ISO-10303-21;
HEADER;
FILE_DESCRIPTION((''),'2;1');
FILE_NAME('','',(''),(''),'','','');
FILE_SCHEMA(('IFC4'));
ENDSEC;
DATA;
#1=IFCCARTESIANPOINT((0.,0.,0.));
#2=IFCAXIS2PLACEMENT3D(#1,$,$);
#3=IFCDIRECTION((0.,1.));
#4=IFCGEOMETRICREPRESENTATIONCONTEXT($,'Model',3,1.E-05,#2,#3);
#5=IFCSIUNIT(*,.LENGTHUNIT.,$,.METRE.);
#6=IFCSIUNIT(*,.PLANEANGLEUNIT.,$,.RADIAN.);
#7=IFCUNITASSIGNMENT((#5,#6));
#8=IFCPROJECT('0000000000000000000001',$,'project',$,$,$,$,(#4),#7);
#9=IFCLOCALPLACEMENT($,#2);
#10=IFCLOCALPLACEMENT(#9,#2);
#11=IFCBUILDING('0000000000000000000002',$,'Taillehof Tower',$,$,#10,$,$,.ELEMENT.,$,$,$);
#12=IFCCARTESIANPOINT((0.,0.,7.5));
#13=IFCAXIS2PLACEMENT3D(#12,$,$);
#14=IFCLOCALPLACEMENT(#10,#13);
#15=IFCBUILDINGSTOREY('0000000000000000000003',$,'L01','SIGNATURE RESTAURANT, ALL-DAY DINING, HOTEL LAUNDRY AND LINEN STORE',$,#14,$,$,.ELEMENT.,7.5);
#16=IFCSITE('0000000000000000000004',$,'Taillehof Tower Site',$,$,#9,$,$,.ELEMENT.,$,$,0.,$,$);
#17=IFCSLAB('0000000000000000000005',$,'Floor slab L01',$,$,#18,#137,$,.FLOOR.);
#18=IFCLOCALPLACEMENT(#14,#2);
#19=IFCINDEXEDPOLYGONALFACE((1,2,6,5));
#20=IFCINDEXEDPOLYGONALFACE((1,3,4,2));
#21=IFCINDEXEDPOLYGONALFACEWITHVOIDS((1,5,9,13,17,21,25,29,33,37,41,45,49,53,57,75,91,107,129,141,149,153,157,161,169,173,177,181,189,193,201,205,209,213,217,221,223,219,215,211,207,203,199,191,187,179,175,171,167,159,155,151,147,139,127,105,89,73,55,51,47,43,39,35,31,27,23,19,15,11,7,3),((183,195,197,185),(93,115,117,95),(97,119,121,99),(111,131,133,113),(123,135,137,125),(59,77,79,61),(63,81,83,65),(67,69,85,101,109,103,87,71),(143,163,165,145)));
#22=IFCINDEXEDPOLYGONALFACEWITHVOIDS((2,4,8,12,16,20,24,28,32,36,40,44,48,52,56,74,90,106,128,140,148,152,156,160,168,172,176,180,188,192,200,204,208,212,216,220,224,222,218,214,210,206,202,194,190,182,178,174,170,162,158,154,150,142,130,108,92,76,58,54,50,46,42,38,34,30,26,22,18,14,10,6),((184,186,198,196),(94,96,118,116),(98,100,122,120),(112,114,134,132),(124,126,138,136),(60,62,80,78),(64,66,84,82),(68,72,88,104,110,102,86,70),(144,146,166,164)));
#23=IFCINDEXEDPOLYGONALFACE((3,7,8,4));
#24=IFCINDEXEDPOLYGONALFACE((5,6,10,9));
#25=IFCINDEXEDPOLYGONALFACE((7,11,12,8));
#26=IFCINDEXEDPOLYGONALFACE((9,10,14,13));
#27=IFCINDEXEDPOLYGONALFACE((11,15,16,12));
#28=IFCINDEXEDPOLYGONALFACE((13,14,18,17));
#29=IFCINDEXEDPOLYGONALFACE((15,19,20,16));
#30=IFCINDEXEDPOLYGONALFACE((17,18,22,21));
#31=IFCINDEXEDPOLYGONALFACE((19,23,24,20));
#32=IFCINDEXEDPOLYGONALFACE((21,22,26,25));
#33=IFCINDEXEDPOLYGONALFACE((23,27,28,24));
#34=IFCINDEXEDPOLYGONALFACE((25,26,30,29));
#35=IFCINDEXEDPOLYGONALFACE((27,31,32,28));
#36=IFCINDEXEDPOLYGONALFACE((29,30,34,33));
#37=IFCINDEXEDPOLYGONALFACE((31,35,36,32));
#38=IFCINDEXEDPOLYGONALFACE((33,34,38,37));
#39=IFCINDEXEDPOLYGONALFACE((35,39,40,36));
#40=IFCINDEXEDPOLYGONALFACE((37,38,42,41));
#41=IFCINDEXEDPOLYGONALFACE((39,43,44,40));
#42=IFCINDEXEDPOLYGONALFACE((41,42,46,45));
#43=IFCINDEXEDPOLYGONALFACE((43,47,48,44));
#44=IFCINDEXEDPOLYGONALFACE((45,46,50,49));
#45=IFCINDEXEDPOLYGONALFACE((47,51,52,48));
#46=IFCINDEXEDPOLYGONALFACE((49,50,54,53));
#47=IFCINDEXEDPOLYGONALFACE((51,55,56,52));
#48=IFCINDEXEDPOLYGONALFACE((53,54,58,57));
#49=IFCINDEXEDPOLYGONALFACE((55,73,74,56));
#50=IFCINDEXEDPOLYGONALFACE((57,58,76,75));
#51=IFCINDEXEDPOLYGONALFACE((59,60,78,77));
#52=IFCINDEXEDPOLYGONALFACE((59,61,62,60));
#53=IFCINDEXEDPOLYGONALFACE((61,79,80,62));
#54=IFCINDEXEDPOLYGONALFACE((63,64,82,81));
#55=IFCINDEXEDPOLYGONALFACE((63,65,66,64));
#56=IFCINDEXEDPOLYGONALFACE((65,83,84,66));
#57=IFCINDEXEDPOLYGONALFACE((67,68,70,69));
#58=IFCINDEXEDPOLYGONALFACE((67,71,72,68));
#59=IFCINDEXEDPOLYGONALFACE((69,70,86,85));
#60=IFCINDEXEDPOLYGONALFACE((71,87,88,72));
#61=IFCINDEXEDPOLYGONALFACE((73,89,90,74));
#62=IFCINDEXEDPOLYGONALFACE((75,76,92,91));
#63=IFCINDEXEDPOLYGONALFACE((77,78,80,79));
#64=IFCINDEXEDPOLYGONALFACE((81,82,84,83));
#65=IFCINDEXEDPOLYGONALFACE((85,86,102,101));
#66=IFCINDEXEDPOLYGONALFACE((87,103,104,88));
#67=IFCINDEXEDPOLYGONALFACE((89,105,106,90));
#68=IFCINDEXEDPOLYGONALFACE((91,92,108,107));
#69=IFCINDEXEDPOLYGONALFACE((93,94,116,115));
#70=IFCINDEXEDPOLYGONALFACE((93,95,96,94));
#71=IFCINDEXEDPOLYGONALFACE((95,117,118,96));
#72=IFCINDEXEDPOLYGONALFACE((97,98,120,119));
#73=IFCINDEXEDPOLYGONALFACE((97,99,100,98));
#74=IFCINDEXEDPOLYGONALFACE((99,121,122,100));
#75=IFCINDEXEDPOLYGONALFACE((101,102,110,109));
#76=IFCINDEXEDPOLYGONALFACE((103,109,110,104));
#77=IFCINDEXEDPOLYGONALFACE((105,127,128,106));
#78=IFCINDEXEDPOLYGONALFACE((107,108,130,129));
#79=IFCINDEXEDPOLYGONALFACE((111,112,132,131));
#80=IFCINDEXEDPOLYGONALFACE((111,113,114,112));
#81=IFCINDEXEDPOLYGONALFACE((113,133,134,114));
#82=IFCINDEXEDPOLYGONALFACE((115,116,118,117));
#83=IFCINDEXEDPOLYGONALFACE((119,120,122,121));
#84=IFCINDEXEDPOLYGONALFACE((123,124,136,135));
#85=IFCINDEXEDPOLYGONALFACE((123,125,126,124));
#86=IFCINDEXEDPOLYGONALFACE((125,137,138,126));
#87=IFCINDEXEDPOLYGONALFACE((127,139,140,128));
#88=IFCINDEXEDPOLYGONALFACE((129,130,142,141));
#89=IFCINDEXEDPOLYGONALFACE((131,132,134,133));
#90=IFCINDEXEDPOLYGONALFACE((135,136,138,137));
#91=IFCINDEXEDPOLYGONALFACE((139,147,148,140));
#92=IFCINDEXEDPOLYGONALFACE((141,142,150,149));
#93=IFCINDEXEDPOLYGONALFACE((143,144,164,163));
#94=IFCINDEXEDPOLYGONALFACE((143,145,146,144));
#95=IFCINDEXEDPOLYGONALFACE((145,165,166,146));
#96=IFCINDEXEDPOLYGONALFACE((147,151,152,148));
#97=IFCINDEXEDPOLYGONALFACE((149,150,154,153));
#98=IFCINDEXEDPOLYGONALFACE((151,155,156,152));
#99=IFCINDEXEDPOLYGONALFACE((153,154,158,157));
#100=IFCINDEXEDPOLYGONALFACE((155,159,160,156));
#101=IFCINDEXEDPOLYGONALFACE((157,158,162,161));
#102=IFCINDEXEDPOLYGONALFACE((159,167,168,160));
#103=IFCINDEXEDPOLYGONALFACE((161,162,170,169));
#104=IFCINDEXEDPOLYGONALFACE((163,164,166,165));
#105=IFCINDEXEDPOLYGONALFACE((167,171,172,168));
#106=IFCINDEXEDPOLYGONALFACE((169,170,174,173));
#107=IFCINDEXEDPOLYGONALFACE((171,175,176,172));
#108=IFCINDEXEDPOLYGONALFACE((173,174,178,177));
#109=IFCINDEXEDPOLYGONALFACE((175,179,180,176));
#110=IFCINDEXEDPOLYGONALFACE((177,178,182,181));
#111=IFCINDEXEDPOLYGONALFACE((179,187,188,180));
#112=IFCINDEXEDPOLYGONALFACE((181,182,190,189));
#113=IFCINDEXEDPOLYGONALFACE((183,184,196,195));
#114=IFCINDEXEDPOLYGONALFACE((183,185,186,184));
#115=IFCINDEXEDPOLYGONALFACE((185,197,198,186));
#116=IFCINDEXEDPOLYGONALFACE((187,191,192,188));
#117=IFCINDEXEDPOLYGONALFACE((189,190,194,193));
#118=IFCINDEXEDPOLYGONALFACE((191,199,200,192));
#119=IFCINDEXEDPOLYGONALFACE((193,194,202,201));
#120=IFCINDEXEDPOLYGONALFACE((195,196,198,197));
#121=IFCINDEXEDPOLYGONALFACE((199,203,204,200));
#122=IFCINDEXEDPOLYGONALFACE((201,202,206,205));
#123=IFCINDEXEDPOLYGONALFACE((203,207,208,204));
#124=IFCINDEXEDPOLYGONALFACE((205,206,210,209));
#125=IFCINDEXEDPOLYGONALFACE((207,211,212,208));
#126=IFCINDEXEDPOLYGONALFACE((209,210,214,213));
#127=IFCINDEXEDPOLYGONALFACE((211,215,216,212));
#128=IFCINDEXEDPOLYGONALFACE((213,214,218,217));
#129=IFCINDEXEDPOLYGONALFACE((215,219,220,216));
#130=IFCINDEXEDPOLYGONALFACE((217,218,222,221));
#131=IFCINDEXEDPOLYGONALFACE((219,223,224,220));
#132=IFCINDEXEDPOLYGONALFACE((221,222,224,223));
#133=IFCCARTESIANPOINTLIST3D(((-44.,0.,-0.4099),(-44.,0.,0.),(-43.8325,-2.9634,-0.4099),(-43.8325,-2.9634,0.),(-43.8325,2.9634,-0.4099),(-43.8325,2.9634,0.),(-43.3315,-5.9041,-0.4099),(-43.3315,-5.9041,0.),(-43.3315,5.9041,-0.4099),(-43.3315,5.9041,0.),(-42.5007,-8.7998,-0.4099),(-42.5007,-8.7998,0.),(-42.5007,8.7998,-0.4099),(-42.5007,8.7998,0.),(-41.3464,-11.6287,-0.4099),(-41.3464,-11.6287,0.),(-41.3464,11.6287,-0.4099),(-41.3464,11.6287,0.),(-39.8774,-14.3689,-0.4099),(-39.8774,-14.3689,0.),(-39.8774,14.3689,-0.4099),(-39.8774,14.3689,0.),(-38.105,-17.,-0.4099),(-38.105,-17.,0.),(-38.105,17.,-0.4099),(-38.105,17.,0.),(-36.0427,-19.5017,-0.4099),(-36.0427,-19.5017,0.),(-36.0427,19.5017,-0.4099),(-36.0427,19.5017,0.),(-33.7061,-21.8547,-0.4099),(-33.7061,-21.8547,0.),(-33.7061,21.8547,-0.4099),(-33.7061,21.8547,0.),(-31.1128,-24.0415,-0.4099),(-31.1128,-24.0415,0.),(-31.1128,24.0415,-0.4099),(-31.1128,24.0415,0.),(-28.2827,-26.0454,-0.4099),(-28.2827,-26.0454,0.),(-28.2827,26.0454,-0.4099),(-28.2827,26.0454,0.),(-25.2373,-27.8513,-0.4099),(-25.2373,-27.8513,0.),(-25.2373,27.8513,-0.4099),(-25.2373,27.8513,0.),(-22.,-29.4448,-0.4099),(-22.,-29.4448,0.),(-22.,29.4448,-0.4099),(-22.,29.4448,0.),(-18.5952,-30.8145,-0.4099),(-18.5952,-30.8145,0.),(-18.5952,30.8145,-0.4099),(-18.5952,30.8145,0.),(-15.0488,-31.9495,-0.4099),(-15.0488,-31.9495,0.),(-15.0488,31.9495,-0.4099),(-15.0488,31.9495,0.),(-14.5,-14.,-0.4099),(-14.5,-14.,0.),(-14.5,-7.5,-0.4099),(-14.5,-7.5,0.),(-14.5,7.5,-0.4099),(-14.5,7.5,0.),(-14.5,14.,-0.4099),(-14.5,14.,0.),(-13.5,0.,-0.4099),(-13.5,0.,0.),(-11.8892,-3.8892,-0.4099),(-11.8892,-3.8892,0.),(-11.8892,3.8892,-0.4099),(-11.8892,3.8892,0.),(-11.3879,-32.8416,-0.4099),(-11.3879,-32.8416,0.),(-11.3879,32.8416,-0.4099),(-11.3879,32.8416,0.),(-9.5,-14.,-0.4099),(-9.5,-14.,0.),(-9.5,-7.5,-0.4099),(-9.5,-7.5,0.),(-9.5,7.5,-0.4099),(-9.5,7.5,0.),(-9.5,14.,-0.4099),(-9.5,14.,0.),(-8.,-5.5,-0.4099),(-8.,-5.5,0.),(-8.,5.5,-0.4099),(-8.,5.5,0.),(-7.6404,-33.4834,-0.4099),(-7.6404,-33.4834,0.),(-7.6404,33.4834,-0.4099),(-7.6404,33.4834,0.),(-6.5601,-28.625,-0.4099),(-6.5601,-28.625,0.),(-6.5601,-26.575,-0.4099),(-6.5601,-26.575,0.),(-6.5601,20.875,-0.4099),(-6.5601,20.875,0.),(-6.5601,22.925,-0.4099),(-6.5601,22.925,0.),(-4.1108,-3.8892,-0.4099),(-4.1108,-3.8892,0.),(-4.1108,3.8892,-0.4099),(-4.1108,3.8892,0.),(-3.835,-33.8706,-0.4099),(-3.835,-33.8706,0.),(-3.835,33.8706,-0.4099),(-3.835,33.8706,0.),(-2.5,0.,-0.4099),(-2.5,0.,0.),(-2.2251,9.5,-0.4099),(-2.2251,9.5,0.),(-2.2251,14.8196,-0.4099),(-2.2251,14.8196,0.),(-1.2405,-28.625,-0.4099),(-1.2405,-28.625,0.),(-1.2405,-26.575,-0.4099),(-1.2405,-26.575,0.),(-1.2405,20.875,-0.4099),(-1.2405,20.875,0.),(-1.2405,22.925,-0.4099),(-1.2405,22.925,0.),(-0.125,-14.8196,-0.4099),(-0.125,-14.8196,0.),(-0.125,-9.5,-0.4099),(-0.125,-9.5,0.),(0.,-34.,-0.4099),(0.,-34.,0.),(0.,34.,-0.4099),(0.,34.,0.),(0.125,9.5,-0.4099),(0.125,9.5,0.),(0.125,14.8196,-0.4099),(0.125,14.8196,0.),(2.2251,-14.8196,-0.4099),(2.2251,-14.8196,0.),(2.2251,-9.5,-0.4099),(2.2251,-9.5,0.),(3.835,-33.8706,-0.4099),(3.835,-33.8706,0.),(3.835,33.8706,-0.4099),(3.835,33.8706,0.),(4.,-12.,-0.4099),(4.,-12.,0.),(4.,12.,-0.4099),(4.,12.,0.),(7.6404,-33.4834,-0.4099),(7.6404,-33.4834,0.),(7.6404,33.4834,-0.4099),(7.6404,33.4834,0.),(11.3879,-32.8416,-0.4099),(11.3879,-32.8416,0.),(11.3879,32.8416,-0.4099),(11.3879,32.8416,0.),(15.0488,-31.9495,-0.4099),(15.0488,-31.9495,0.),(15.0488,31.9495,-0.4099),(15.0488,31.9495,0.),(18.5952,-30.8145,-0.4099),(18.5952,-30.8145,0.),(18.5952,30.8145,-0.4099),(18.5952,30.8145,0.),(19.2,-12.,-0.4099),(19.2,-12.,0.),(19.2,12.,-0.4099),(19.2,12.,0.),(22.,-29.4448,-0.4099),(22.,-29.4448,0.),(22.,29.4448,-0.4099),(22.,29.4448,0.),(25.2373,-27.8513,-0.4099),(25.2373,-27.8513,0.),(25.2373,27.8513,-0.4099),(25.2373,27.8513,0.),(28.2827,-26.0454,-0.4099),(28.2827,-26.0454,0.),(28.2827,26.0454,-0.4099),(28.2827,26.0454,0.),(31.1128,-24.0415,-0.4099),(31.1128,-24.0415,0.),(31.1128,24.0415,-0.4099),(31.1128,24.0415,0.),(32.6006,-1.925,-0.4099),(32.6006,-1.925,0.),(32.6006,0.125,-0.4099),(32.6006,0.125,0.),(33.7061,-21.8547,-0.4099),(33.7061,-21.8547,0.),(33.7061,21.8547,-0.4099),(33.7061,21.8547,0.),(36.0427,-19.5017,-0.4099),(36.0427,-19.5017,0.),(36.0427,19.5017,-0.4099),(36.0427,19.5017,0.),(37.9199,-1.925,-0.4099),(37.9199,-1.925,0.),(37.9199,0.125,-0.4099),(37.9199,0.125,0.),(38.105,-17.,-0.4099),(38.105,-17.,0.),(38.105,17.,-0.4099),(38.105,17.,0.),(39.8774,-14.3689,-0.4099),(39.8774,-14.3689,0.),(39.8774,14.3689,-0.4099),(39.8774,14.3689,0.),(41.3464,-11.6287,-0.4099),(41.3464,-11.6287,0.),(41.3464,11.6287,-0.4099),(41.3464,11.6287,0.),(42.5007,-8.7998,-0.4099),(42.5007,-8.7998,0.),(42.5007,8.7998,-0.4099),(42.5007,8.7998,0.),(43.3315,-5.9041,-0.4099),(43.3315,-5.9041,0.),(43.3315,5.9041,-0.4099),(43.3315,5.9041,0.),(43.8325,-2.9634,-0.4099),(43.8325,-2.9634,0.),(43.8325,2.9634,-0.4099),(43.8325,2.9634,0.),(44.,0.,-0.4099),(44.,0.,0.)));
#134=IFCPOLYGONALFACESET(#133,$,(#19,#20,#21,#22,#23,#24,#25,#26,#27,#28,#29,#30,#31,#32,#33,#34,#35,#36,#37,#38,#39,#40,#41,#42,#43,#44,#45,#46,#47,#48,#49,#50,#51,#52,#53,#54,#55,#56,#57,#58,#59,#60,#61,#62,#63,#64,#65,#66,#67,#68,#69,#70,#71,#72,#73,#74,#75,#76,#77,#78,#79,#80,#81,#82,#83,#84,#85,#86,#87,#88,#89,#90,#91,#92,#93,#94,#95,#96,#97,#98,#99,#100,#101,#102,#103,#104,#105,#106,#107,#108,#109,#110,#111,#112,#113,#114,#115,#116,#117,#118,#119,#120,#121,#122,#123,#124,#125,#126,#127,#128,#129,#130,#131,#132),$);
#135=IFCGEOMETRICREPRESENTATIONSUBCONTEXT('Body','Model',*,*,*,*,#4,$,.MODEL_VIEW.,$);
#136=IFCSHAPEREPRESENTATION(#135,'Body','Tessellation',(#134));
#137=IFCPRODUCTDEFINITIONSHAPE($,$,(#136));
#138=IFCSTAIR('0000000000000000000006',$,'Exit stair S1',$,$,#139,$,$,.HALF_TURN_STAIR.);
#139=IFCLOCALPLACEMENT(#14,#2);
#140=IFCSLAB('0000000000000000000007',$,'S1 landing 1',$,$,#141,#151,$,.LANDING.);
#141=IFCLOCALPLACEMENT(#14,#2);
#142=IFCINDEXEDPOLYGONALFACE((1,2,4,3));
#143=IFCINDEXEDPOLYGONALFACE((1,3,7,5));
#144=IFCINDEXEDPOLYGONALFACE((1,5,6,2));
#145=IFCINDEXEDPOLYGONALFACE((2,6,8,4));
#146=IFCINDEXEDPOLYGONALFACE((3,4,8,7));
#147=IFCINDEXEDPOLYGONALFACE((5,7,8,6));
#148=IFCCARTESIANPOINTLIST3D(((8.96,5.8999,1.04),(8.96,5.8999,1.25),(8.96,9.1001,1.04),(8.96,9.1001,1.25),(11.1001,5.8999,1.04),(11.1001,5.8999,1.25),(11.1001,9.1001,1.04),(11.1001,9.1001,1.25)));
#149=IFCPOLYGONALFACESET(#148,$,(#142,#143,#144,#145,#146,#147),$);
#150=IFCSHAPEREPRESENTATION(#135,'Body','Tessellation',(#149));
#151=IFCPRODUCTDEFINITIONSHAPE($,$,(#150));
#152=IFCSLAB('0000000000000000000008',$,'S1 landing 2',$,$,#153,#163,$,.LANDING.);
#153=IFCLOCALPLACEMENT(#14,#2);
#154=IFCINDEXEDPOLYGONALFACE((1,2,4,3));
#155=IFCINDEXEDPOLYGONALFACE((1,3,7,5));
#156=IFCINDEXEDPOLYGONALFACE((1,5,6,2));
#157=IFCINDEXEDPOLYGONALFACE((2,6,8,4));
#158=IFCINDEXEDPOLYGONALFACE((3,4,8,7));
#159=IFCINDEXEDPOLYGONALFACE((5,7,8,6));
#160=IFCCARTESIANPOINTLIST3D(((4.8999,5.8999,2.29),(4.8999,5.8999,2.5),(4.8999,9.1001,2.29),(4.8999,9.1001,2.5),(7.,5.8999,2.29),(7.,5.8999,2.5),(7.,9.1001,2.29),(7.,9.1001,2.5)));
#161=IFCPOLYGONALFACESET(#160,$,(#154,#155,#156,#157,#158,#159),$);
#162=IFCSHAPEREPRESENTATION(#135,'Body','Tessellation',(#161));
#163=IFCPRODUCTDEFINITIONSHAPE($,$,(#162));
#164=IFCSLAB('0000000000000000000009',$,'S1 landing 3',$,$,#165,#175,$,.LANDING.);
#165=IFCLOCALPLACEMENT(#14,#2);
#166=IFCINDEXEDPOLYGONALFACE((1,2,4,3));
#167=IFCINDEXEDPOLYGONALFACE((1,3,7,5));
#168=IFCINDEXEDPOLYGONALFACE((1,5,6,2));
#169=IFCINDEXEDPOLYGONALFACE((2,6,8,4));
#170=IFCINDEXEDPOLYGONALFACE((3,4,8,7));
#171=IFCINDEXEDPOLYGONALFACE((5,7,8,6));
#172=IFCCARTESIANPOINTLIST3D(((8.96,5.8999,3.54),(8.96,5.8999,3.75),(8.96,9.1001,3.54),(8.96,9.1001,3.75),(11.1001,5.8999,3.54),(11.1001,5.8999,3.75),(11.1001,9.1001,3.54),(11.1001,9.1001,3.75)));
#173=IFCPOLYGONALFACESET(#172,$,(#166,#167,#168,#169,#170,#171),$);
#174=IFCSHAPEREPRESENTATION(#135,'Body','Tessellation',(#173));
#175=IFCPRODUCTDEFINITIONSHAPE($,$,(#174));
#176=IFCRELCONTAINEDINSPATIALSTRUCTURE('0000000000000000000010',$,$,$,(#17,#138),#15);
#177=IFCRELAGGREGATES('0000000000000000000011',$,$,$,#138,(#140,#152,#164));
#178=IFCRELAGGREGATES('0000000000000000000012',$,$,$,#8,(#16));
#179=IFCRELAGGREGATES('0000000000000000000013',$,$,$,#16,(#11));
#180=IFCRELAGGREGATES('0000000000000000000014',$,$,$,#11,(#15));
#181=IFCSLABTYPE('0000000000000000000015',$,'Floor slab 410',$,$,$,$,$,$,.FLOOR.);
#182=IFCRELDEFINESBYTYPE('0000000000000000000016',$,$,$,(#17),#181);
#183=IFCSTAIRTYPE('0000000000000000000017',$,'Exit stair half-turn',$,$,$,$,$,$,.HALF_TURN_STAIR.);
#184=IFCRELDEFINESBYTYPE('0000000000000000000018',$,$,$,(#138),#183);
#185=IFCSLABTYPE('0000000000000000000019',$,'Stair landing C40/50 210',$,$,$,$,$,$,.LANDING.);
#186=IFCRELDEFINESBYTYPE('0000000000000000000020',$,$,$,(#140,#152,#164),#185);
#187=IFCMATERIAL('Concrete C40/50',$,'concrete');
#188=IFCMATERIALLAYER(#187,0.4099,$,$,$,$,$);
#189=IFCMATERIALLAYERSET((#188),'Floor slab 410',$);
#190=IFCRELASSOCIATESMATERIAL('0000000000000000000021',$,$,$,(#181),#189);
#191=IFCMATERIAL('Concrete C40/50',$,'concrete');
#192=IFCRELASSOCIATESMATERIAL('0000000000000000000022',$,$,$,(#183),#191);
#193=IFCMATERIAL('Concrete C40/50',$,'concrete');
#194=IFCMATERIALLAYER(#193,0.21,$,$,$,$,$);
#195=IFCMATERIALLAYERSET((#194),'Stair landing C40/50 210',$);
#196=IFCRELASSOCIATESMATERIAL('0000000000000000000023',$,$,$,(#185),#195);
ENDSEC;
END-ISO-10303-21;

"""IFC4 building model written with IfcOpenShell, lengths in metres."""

from ifc_helpers import new_model, si_unit, direction, frame, origin, place, context, subcontext, project, spatial, polyline, outline, extrude, material, layer, layer_set, type_object, element, aggregate, save


model = new_model("IFC4")

# Units and contexts
model_context = context("Model", 3, precision=1e-05, world=origin(), true_north=direction((0.0, 1.0)))
body_context = subcontext(model_context, "Body", "Model", "MODEL_VIEW")
ifc_project = project(units=[si_unit("LENGTHUNIT", "METRE"), si_unit("PLANEANGLEUNIT", "RADIAN")], contexts=[model_context])

# Site, building, storey
site_placement = place(None, origin())
site = spatial("IfcSite", under=ifc_project, at=site_placement, Name="Taillehof Tower Site", CompositionType="ELEMENT", RefElevation=0.0)
building_placement = place(site_placement, origin())
building = spatial("IfcBuilding", under=site, at=building_placement, Name="Taillehof Tower", CompositionType="ELEMENT")
storey_placement = place(building_placement, frame((0.0, 0.0, 7.5)))
storey = spatial("IfcBuildingStorey", under=building, at=storey_placement, Name="L01", Description="SIGNATURE RESTAURANT, ALL-DAY DINING, HOTEL LAUNDRY AND LINEN STORE", CompositionType="ELEMENT", Elevation=7.5)

# Slab
ifc_material_1 = material(Name="Concrete C40/50", Category="concrete")
ifc_layer_1 = layer(ifc_material_1, 0.4099)
ifc_layer_set_1 = layer_set([ifc_layer_1], Name="Floor slab 410")
slab_type_1 = type_object("IfcSlabType", Name="Floor slab 410", PredefinedType="FLOOR", material=ifc_layer_set_1)
slab_1_placement = place(storey_placement, frame((0.0, 0.0, -0.4099)))
element("IfcSlab", 1, at=slab_1_placement, inside=storey, type_object=slab_type_1, Name="Floor slab L01", PredefinedType="FLOOR", context=body_context, shape_type="SweptSolid", body=[
    extrude(outline(polyline([(44.0, 0.0), (43.8325, 2.9634), (43.3315, 5.9041), (42.5007, 8.7998), (41.3464, 11.6287), (39.8774, 14.3689), (38.105, 17.0), (36.0427, 19.5017), (33.7061, 21.8547), (31.1128, 24.0415), (28.2827, 26.0454), (25.2373, 27.8513), (22.0, 29.4448), (18.5952, 30.8145), (15.0488, 31.9495), (11.3879, 32.8416), (7.6404, 33.4834), (3.835, 33.8706), (0.0, 34.0), (-3.835, 33.8706), (-7.6404, 33.4834), (-11.3879, 32.8416), (-15.0488, 31.9495), (-18.5952, 30.8145), (-22.0, 29.4448), (-25.2373, 27.8513), (-28.2827, 26.0454), (-31.1128, 24.0415), (-33.7061, 21.8547), (-36.0427, 19.5017), (-38.105, 17.0), (-39.8774, 14.3689), (-41.3464, 11.6287), (-42.5007, 8.7998), (-43.3315, 5.9041), (-43.8325, 2.9634), (-44.0, 0.0), (-43.8325, -2.9634), (-43.3315, -5.9041), (-42.5007, -8.7998), (-41.3464, -11.6287), (-39.8774, -14.3689), (-38.105, -17.0), (-36.0427, -19.5017), (-33.7061, -21.8547), (-31.1128, -24.0415), (-28.2827, -26.0454), (-25.2373, -27.8513), (-22.0, -29.4448), (-18.5952, -30.8145), (-15.0488, -31.9495), (-11.3879, -32.8416), (-7.6404, -33.4834), (-3.835, -33.8706), (0.0, -34.0), (3.835, -33.8706), (7.6404, -33.4834), (11.3879, -32.8416), (15.0488, -31.9495), (18.5952, -30.8145), (22.0, -29.4448), (25.2373, -27.8513), (28.2827, -26.0454), (31.1128, -24.0415), (33.7061, -21.8547), (36.0427, -19.5017), (38.105, -17.0), (39.8774, -14.3689), (41.3464, -11.6287), (42.5007, -8.7998), (43.3315, -5.9041), (43.8325, -2.9634), (44.0, 0.0)]), holes=[polyline([(-1.2405, -26.575), (-1.2405, -28.625), (-6.5601, -28.625), (-6.5601, -26.575), (-1.2405, -26.575)]), polyline([(2.2251, -14.8196), (-0.125, -14.8196), (-0.125, -9.5), (2.2251, -9.5), (2.2251, -14.8196)]), polyline([(-9.5, -7.5), (-9.5, -14.0), (-14.5, -14.0), (-14.5, -7.5), (-9.5, -7.5)]), polyline([(32.6006, -1.925), (32.6006, 0.125), (37.9199, 0.125), (37.9199, -1.925), (32.6006, -1.925)]), polyline([(-11.8892, -3.8892), (-13.5, 0.0), (-11.8892, 3.8892), (-8.0, 5.5), (-4.1108, 3.8892), (-2.5, 0.0), (-4.1108, -3.8892), (-8.0, -5.5), (-11.8892, -3.8892)]), polyline([(19.2, -12.0), (4.0, -12.0), (4.0, 12.0), (19.2, 12.0), (19.2, -12.0)]), polyline([(-9.5, 14.0), (-9.5, 7.5), (-14.5, 7.5), (-14.5, 14.0), (-9.5, 14.0)]), polyline([(0.125, 14.8196), (0.125, 9.5), (-2.2251, 9.5), (-2.2251, 14.8196), (0.125, 14.8196)]), polyline([(-1.2405, 20.875), (-6.5601, 20.875), (-6.5601, 22.925), (-1.2405, 22.925), (-1.2405, 20.875)])]), origin(), (0.0, 0.0, 1.0), 0.4099),
])

# Stair, slabs
ifc_material_2 = material(Name="Concrete C40/50", Category="concrete")
stair_type = type_object("IfcStairType", Name="Exit stair half-turn", PredefinedType="HALF_TURN_STAIR", material=ifc_material_2)
stair_1_placement = place(storey_placement, origin())
stair_1 = element("IfcStair", 2, at=stair_1_placement, inside=storey, type_object=stair_type, Name="Exit stair S1", PredefinedType="HALF_TURN_STAIR")
ifc_material_3 = material(Name="Concrete C40/50", Category="concrete")
ifc_layer_2 = layer(ifc_material_3, 0.21)
ifc_layer_set_2 = layer_set([ifc_layer_2], Name="Stair landing C40/50 210")
slab_type_2 = type_object("IfcSlabType", Name="Stair landing C40/50 210", PredefinedType="LANDING", material=ifc_layer_set_2)
slab_2_placement = place(storey_placement, frame((0.0, 0.0, 1.04)))
slab_2 = element("IfcSlab", 3, at=slab_2_placement, type_object=slab_type_2, Name="S1 landing 1", PredefinedType="LANDING", context=body_context, shape_type="SweptSolid", body=[
    extrude(outline(polyline([(8.96, 5.8999), (11.1001, 5.8999), (11.1001, 9.1001), (8.96, 9.1001), (8.96, 5.8999)])), origin(), (0.0, 0.0, 1.0), 0.21),
])
slab_3_placement = place(storey_placement, frame((0.0, 0.0, 2.29)))
slab_3 = element("IfcSlab", 4, at=slab_3_placement, type_object=slab_type_2, Name="S1 landing 2", PredefinedType="LANDING", context=body_context, shape_type="SweptSolid", body=[
    extrude(outline(polyline([(4.8999, 5.8999), (7.0, 5.8999), (7.0, 9.1001), (4.8999, 9.1001), (4.8999, 5.8999)])), origin(), (0.0, 0.0, 1.0), 0.21),
])
slab_4_placement = place(storey_placement, frame((0.0, 0.0, 3.54)))
slab_4 = element("IfcSlab", 5, at=slab_4_placement, type_object=slab_type_2, Name="S1 landing 3", PredefinedType="LANDING", context=body_context, shape_type="SweptSolid", body=[
    extrude(outline(polyline([(8.96, 5.8999), (11.1001, 5.8999), (11.1001, 9.1001), (8.96, 9.1001), (8.96, 5.8999)])), origin(), (0.0, 0.0, 1.0), 0.21),
])
aggregate(stair_1, [slab_2, slab_3, slab_4])

save(model, "model.ifc")
